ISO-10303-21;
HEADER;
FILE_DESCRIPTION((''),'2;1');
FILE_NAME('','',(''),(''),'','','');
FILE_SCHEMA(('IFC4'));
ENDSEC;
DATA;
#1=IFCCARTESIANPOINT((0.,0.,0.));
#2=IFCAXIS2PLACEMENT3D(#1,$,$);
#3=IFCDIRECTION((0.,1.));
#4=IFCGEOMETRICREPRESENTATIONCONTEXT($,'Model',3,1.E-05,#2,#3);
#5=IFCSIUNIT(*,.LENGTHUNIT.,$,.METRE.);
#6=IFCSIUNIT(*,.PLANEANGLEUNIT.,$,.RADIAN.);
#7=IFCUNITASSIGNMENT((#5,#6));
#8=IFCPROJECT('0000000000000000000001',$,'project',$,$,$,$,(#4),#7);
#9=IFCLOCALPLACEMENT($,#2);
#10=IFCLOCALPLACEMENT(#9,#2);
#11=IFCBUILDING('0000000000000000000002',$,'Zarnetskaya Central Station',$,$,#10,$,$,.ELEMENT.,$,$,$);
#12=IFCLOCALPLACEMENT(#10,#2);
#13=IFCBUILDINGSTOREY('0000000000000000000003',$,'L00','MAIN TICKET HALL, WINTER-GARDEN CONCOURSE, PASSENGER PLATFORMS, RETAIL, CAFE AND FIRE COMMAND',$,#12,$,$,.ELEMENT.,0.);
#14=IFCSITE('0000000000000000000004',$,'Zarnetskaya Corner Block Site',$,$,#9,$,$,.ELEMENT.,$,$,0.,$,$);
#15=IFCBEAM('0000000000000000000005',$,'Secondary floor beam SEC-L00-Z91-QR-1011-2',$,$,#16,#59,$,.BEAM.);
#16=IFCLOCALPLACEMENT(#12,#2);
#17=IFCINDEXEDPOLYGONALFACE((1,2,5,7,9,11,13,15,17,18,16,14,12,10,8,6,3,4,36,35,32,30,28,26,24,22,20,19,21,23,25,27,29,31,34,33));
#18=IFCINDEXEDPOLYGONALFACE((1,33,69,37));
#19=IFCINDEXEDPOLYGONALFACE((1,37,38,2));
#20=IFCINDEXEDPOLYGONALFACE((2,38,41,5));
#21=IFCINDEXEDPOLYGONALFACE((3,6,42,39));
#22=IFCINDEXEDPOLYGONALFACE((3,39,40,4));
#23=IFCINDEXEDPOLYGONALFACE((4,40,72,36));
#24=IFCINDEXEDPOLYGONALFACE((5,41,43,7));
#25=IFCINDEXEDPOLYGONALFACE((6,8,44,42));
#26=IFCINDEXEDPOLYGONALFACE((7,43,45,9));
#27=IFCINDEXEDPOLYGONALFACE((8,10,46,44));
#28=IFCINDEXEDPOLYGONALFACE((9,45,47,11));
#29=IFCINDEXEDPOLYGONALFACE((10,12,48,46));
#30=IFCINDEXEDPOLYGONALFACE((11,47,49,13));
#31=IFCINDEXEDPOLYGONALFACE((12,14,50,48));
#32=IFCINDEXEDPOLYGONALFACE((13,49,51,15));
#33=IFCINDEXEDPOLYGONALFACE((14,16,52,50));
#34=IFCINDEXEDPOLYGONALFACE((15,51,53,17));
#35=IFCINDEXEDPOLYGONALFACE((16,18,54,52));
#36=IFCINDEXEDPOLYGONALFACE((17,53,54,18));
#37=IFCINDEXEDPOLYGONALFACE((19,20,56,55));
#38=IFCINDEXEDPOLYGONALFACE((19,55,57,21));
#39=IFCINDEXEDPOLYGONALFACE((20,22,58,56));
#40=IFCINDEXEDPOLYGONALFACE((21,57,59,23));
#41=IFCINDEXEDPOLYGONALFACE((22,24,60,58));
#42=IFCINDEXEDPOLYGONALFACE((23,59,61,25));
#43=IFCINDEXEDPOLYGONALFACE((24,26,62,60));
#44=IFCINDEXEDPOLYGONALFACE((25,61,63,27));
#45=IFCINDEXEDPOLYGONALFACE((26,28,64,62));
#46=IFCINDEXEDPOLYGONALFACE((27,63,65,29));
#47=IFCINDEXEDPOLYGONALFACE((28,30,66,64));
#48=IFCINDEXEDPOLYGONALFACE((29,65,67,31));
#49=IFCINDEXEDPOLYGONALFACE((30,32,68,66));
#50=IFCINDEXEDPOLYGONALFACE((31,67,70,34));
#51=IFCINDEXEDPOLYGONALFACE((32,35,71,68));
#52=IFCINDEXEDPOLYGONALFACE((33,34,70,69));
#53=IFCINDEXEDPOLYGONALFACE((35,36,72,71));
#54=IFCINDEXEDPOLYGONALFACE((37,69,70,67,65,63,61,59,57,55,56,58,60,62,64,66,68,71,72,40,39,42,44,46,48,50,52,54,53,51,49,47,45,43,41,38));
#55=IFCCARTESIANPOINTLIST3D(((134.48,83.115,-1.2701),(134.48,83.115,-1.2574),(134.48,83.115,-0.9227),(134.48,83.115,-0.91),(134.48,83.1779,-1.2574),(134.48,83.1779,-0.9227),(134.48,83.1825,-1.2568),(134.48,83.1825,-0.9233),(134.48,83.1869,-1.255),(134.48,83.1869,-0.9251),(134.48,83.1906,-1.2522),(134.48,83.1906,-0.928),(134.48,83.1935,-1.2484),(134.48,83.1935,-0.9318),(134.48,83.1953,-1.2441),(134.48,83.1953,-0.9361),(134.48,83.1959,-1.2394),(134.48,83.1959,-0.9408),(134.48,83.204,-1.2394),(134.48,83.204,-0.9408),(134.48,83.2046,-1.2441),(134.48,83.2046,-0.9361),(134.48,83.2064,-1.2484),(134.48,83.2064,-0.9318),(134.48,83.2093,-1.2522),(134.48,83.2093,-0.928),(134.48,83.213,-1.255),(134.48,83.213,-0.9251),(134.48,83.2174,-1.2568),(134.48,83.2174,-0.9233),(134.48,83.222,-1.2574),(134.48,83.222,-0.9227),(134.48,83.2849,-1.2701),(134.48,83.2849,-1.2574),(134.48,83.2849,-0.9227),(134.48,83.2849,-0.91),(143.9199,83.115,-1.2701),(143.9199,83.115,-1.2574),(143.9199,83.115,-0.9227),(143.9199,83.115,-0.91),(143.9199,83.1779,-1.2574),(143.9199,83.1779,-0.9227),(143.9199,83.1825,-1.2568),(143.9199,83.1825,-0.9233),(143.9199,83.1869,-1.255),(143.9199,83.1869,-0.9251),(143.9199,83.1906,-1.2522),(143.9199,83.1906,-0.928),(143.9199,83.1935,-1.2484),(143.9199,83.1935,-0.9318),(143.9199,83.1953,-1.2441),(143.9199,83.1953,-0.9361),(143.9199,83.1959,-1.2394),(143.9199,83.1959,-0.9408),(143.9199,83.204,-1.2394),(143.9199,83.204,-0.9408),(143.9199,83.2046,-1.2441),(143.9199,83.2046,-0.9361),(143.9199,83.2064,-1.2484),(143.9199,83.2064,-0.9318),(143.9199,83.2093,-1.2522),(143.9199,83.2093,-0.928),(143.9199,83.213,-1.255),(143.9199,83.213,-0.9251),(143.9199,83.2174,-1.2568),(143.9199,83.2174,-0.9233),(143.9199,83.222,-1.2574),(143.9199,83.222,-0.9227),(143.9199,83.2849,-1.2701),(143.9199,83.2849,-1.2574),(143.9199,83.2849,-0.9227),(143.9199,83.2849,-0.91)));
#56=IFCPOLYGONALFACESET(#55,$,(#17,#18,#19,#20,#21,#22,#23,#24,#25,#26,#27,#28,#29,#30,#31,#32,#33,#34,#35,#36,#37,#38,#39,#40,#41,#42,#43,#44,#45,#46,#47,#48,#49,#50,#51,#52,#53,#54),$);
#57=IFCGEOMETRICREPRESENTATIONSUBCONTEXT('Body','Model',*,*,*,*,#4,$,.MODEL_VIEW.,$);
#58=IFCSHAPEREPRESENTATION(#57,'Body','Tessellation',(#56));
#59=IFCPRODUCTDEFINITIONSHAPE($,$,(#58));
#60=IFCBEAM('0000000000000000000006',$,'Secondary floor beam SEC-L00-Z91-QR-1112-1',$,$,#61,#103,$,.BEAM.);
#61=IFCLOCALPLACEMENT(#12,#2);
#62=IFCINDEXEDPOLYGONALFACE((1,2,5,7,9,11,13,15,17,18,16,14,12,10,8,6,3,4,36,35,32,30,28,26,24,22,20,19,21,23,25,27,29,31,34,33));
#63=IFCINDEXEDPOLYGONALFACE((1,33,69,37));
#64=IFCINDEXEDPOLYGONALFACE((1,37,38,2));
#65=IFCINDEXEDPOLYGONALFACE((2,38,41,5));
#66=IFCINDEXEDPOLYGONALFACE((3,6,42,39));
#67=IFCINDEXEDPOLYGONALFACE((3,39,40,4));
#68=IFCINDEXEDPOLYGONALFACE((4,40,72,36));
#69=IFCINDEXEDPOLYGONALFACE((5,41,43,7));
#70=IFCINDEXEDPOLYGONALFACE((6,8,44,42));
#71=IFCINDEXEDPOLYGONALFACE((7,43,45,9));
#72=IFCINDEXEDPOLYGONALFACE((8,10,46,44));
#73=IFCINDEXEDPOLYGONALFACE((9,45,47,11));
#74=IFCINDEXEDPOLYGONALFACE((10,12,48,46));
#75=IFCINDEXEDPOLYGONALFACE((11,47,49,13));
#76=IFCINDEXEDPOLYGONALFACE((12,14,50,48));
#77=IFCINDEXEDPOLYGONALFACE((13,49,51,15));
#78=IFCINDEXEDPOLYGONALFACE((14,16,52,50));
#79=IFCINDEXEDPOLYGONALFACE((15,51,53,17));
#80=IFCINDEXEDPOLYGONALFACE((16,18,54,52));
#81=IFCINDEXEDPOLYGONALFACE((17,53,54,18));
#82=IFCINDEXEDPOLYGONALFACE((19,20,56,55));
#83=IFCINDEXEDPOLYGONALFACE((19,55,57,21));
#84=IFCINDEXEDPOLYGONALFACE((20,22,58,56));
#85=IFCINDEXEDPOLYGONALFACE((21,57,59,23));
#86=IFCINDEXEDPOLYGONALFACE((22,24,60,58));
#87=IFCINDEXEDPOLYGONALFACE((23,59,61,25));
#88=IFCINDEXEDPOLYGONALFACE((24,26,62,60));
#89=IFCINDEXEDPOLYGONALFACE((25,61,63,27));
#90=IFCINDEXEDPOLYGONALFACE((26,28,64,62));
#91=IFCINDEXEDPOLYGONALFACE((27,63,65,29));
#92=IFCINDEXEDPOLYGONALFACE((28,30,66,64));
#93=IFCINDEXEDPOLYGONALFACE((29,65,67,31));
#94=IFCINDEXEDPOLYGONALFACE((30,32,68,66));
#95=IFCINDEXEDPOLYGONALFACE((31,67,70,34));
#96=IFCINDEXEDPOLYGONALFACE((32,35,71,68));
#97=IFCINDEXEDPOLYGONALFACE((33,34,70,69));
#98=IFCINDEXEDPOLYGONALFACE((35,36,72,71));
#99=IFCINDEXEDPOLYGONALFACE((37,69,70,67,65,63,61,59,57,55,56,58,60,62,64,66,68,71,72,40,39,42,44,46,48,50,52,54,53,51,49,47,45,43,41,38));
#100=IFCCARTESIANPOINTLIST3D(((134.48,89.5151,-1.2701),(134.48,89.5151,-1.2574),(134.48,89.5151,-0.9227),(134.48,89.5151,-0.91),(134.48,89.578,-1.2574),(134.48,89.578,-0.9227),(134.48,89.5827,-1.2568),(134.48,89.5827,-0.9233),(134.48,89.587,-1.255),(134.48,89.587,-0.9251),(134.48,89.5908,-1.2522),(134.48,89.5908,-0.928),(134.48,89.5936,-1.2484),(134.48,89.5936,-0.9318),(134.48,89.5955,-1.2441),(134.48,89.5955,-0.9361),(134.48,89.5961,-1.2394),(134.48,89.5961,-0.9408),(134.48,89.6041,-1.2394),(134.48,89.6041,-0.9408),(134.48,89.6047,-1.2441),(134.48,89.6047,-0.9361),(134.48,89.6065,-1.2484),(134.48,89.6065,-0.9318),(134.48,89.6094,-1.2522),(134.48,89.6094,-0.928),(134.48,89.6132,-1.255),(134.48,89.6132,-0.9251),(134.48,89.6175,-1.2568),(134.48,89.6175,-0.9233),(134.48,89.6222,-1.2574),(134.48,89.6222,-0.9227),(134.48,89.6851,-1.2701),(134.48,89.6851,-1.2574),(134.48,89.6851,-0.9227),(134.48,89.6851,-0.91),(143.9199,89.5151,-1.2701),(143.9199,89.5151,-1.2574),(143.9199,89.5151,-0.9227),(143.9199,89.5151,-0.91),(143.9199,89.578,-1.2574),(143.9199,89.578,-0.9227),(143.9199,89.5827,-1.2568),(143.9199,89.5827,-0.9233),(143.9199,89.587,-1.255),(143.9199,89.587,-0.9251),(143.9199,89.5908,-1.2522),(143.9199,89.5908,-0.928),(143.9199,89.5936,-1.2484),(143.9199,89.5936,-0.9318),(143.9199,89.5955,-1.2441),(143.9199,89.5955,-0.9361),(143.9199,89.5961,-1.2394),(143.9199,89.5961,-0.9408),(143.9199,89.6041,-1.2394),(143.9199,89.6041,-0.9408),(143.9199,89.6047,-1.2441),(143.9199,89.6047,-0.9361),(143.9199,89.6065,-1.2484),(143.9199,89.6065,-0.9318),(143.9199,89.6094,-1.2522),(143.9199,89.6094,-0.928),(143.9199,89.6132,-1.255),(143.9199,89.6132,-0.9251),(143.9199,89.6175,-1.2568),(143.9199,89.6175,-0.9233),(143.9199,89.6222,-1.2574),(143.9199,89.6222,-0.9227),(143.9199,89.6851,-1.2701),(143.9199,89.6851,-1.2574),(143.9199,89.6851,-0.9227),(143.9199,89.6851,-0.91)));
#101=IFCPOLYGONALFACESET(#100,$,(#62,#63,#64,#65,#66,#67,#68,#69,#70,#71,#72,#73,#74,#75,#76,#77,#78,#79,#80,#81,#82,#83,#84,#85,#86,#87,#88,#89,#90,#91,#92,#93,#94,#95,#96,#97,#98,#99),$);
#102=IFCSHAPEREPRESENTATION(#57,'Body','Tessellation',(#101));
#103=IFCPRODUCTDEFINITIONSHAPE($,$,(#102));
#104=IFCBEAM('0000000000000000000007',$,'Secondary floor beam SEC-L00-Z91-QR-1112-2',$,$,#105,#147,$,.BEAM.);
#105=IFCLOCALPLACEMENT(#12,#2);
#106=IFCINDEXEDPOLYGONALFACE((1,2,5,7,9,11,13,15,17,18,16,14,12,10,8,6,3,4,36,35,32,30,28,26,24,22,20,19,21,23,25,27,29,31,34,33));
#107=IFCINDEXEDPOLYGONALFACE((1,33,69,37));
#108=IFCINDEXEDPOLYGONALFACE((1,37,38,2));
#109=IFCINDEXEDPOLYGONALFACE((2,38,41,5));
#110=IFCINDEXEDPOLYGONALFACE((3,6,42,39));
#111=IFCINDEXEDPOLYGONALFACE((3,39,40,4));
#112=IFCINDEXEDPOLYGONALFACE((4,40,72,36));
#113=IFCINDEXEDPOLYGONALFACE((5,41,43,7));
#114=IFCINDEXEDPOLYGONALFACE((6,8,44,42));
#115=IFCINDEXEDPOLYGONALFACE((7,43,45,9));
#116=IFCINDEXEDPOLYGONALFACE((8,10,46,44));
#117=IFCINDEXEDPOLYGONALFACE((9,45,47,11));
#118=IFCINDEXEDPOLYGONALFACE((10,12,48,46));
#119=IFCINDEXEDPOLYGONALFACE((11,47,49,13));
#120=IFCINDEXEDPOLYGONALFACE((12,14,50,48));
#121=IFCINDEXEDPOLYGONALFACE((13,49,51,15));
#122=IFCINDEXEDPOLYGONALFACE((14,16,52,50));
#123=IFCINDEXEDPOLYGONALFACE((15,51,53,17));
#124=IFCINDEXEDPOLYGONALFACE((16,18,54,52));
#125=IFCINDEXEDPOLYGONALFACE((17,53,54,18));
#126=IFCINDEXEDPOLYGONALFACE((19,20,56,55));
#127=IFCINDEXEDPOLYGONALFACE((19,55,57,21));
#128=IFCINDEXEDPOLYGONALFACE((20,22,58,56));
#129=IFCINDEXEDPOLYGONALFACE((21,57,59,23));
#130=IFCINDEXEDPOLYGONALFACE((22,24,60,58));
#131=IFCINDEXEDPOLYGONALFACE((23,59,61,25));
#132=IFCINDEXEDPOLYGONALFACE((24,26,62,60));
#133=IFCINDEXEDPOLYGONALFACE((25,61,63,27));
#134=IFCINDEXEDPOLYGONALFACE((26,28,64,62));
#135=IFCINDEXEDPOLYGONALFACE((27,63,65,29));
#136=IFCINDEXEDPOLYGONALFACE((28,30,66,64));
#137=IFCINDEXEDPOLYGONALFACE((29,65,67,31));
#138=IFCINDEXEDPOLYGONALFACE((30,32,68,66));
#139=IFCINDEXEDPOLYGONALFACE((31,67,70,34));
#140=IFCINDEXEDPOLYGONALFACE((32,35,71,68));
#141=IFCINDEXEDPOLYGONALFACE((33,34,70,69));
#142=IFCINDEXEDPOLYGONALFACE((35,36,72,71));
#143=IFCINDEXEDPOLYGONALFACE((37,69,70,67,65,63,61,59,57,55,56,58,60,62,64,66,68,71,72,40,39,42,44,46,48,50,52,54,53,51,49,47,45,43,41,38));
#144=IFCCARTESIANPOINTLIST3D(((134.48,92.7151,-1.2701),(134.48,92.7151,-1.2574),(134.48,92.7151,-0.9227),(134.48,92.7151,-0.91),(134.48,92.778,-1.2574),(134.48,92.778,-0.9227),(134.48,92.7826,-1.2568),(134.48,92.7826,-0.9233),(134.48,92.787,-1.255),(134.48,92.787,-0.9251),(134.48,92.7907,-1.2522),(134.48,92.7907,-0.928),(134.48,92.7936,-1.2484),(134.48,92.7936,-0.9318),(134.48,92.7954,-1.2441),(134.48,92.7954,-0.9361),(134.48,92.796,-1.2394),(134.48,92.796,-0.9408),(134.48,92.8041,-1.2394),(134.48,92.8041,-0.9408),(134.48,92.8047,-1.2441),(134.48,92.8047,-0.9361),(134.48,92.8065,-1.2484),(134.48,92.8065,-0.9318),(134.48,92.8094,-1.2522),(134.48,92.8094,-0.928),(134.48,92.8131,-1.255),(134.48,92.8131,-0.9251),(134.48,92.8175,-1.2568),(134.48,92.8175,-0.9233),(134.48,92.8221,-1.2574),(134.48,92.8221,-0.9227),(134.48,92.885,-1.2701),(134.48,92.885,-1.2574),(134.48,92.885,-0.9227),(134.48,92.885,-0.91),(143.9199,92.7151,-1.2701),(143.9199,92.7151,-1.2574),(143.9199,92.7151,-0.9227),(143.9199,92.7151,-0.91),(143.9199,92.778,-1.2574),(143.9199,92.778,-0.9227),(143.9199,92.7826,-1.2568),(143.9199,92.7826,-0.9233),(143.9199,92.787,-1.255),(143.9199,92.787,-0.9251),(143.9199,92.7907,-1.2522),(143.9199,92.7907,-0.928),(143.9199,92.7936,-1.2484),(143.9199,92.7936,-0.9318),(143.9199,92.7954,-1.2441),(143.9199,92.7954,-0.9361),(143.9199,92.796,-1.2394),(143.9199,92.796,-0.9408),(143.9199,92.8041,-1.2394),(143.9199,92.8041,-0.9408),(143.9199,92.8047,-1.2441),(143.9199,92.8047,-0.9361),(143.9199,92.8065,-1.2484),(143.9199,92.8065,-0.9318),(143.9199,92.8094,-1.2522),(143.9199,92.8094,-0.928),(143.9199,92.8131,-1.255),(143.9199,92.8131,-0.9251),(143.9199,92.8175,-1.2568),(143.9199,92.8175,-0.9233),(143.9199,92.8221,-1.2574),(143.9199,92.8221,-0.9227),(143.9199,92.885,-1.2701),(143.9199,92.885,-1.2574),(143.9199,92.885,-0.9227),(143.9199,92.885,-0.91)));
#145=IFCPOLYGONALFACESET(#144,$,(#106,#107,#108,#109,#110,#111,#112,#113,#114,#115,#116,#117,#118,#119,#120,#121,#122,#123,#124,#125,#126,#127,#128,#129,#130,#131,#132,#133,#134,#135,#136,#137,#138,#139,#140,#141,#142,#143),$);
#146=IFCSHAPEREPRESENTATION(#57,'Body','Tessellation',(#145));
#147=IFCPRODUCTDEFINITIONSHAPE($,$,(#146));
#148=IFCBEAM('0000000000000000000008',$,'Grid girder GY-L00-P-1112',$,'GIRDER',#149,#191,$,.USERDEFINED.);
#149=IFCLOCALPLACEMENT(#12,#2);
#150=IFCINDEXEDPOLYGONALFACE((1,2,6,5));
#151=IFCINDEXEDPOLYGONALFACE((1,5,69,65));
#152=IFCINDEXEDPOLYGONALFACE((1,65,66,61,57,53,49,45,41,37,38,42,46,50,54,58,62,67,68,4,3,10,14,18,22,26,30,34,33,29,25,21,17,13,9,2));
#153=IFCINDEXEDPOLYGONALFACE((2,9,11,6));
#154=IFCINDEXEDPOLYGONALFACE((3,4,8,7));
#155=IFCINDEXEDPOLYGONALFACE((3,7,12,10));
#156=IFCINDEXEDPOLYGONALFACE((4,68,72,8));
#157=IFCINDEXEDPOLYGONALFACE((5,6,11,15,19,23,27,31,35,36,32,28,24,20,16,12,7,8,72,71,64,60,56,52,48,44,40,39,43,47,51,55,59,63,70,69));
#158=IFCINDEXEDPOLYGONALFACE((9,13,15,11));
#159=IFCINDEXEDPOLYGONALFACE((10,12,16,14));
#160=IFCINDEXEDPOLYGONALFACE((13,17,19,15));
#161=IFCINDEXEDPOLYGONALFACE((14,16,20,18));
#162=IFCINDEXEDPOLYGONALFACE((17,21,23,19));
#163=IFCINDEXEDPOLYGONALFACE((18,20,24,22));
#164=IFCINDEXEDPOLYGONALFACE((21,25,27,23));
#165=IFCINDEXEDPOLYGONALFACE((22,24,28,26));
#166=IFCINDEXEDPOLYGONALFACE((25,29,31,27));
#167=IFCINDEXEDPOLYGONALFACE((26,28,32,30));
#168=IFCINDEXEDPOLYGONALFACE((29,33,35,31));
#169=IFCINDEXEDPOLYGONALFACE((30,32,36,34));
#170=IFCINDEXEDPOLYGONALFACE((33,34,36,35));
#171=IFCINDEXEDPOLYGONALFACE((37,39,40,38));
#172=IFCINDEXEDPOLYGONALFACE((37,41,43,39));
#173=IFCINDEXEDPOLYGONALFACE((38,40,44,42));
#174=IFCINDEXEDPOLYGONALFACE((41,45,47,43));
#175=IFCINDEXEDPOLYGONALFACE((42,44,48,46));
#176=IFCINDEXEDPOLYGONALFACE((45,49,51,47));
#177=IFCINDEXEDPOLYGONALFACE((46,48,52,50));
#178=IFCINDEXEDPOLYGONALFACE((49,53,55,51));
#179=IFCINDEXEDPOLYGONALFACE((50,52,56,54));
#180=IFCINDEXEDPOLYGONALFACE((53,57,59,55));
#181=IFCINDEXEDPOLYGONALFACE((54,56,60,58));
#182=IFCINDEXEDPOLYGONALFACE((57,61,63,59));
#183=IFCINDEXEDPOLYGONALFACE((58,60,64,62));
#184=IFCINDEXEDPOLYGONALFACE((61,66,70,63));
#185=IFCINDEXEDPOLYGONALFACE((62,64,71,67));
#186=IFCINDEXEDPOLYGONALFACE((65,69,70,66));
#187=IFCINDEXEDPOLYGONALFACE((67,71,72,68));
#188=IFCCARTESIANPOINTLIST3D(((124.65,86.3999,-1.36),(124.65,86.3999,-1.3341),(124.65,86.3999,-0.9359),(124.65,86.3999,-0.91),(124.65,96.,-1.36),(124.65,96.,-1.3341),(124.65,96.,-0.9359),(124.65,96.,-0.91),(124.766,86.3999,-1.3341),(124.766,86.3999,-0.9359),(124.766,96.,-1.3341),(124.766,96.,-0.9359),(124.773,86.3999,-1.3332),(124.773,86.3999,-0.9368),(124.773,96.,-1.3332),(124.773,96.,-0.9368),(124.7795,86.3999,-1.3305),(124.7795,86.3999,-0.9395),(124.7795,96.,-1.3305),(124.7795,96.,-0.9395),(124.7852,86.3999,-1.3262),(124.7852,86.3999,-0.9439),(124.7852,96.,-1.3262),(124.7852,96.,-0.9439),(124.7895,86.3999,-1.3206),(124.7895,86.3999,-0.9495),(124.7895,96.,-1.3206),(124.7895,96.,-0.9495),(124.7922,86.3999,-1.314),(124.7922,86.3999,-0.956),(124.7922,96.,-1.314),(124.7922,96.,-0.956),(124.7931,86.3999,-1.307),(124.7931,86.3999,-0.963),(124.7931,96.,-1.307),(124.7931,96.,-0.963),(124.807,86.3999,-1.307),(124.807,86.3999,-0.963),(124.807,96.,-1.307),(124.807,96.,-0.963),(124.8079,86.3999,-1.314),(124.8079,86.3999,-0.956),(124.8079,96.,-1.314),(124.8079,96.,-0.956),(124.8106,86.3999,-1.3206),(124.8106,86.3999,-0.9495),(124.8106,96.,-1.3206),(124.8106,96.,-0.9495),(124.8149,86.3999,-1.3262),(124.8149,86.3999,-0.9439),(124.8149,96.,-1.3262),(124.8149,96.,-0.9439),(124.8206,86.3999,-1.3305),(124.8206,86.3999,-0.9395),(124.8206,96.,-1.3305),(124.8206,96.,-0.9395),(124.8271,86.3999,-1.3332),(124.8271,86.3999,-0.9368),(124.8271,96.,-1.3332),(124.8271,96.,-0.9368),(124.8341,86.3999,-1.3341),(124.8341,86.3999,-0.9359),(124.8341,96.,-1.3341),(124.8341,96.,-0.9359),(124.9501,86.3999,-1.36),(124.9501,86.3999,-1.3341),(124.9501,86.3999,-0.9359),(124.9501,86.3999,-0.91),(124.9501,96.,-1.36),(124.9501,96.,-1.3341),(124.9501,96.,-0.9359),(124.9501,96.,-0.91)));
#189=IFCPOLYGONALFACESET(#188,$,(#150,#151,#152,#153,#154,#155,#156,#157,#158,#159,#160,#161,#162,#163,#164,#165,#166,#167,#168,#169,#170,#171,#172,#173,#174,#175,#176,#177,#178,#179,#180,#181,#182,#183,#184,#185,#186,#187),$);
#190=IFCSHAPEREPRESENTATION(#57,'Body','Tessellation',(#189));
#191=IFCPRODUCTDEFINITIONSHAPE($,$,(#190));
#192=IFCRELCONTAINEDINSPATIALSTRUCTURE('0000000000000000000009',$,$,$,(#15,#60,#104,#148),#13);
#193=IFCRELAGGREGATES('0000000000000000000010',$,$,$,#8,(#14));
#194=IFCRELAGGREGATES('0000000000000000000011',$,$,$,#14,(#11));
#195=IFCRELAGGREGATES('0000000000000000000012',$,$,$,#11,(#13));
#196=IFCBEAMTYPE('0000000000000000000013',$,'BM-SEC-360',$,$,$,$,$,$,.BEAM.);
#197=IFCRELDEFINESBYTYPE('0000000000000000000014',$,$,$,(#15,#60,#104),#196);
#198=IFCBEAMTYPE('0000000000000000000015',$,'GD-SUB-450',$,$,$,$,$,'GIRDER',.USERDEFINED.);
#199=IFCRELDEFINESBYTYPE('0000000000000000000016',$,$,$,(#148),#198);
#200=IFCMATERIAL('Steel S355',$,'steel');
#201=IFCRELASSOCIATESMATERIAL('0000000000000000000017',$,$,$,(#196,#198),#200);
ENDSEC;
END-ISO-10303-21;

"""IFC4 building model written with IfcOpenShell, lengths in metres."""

from ifc_helpers import new_model, si_unit, direction, frame, origin, origin_2d, place, context, subcontext, project, spatial, i_section, extrude, material, material_profile, profile_set, type_object, element, save


model = new_model("IFC4")

# Units and contexts
model_context = context("Model", 3, precision=1e-05, world=origin(), true_north=direction((0.0, 1.0)))
body_context = subcontext(model_context, "Body", "Model", "MODEL_VIEW")
ifc_project = project(units=[si_unit("LENGTHUNIT", "METRE"), si_unit("PLANEANGLEUNIT", "RADIAN")], contexts=[model_context])

# Site, building, storey
site_placement = place(None, origin())
site = spatial("IfcSite", under=ifc_project, at=site_placement, Name="Zarnetskaya Corner Block Site", CompositionType="ELEMENT", RefElevation=0.0)
building_placement = place(site_placement, origin())
building = spatial("IfcBuilding", under=site, at=building_placement, Name="Zarnetskaya Central Station", CompositionType="ELEMENT")
storey_placement = place(building_placement, origin())
storey = spatial("IfcBuildingStorey", under=building, at=storey_placement, Name="L00", Description="MAIN TICKET HALL, WINTER-GARDEN CONCOURSE, PASSENGER PLATFORMS, RETAIL, CAFE AND FIRE COMMAND", CompositionType="ELEMENT", Elevation=0.0)

# Shared definitions
ifc_material = material(Name="Steel S355", Category="steel")

# Beams
ifc_material_profile_1 = material_profile(ifc_material, i_section(OverallWidth=0.1699, OverallDepth=0.3601, WebThickness=0.0081, FlangeThickness=0.0127, FilletRadius=0.0181, at=origin_2d()), Name="IPE 360")
ifc_profile_set_1 = profile_set([ifc_material_profile_1], Name="Steel S355")
beam_type_1 = type_object("IfcBeamType", Name="BM-SEC-360", PredefinedType="BEAM", material=ifc_profile_set_1)
for number, where, z_axis, x_axis, name in (
    (1, (134.48, 83.2, -1.0901), (1.0, 0.0, 0.0), (0.0, 1.0, 0.0), "Secondary floor beam SEC-L00-Z91-QR-1011-2"),
    (2, (134.48, 89.6001, -1.0901), (1.0, 0.0, 0.0), (0.0, 1.0, 0.0), "Secondary floor beam SEC-L00-Z91-QR-1112-1"),
    (3, (134.48, 92.8, -1.0901), (1.0, 0.0, 0.0), (0.0, 1.0, 0.0), "Secondary floor beam SEC-L00-Z91-QR-1112-2"),
):
    element("IfcBeam", number, at=place(storey_placement, frame(where, z_axis=z_axis, x_axis=x_axis)), inside=storey, type_object=beam_type_1, Name=name, PredefinedType="BEAM", context=body_context, shape_type="SweptSolid", body=[
        extrude(i_section(OverallWidth=0.1699, OverallDepth=0.3601, WebThickness=0.0081, FlangeThickness=0.0127, FilletRadius=0.0181, at=origin_2d()), origin(), (0.0, 0.0, 1.0), 9.4399),
    ])
ifc_material_profile_2 = material_profile(ifc_material, i_section(OverallWidth=0.3, OverallDepth=0.45, WebThickness=0.0139, FlangeThickness=0.0259, FilletRadius=0.0271, at=origin_2d()), Name="HEB 450")
ifc_profile_set_2 = profile_set([ifc_material_profile_2], Name="Steel S355")
beam_type_2 = type_object("IfcBeamType", Name="GD-SUB-450", ElementType="GIRDER", PredefinedType="USERDEFINED", material=ifc_profile_set_2)
for number, where, z_axis, x_axis, name in (
    (4, (124.8, 86.3999, -1.135), (0.0, 1.0, 0.0), (-1.0, 0.0, 0.0), "Grid girder GY-L00-P-1112"),
):
    element("IfcBeam", number, at=place(storey_placement, frame(where, z_axis=z_axis, x_axis=x_axis)), inside=storey, type_object=beam_type_2, Name=name, ObjectType="GIRDER", PredefinedType="USERDEFINED", context=body_context, shape_type="SweptSolid", body=[
        extrude(i_section(OverallWidth=0.3, OverallDepth=0.45, WebThickness=0.0139, FlangeThickness=0.0259, FilletRadius=0.0271, at=origin_2d()), origin(), (0.0, 0.0, 1.0), 9.6001),
    ])

save(model, "model.ifc")
